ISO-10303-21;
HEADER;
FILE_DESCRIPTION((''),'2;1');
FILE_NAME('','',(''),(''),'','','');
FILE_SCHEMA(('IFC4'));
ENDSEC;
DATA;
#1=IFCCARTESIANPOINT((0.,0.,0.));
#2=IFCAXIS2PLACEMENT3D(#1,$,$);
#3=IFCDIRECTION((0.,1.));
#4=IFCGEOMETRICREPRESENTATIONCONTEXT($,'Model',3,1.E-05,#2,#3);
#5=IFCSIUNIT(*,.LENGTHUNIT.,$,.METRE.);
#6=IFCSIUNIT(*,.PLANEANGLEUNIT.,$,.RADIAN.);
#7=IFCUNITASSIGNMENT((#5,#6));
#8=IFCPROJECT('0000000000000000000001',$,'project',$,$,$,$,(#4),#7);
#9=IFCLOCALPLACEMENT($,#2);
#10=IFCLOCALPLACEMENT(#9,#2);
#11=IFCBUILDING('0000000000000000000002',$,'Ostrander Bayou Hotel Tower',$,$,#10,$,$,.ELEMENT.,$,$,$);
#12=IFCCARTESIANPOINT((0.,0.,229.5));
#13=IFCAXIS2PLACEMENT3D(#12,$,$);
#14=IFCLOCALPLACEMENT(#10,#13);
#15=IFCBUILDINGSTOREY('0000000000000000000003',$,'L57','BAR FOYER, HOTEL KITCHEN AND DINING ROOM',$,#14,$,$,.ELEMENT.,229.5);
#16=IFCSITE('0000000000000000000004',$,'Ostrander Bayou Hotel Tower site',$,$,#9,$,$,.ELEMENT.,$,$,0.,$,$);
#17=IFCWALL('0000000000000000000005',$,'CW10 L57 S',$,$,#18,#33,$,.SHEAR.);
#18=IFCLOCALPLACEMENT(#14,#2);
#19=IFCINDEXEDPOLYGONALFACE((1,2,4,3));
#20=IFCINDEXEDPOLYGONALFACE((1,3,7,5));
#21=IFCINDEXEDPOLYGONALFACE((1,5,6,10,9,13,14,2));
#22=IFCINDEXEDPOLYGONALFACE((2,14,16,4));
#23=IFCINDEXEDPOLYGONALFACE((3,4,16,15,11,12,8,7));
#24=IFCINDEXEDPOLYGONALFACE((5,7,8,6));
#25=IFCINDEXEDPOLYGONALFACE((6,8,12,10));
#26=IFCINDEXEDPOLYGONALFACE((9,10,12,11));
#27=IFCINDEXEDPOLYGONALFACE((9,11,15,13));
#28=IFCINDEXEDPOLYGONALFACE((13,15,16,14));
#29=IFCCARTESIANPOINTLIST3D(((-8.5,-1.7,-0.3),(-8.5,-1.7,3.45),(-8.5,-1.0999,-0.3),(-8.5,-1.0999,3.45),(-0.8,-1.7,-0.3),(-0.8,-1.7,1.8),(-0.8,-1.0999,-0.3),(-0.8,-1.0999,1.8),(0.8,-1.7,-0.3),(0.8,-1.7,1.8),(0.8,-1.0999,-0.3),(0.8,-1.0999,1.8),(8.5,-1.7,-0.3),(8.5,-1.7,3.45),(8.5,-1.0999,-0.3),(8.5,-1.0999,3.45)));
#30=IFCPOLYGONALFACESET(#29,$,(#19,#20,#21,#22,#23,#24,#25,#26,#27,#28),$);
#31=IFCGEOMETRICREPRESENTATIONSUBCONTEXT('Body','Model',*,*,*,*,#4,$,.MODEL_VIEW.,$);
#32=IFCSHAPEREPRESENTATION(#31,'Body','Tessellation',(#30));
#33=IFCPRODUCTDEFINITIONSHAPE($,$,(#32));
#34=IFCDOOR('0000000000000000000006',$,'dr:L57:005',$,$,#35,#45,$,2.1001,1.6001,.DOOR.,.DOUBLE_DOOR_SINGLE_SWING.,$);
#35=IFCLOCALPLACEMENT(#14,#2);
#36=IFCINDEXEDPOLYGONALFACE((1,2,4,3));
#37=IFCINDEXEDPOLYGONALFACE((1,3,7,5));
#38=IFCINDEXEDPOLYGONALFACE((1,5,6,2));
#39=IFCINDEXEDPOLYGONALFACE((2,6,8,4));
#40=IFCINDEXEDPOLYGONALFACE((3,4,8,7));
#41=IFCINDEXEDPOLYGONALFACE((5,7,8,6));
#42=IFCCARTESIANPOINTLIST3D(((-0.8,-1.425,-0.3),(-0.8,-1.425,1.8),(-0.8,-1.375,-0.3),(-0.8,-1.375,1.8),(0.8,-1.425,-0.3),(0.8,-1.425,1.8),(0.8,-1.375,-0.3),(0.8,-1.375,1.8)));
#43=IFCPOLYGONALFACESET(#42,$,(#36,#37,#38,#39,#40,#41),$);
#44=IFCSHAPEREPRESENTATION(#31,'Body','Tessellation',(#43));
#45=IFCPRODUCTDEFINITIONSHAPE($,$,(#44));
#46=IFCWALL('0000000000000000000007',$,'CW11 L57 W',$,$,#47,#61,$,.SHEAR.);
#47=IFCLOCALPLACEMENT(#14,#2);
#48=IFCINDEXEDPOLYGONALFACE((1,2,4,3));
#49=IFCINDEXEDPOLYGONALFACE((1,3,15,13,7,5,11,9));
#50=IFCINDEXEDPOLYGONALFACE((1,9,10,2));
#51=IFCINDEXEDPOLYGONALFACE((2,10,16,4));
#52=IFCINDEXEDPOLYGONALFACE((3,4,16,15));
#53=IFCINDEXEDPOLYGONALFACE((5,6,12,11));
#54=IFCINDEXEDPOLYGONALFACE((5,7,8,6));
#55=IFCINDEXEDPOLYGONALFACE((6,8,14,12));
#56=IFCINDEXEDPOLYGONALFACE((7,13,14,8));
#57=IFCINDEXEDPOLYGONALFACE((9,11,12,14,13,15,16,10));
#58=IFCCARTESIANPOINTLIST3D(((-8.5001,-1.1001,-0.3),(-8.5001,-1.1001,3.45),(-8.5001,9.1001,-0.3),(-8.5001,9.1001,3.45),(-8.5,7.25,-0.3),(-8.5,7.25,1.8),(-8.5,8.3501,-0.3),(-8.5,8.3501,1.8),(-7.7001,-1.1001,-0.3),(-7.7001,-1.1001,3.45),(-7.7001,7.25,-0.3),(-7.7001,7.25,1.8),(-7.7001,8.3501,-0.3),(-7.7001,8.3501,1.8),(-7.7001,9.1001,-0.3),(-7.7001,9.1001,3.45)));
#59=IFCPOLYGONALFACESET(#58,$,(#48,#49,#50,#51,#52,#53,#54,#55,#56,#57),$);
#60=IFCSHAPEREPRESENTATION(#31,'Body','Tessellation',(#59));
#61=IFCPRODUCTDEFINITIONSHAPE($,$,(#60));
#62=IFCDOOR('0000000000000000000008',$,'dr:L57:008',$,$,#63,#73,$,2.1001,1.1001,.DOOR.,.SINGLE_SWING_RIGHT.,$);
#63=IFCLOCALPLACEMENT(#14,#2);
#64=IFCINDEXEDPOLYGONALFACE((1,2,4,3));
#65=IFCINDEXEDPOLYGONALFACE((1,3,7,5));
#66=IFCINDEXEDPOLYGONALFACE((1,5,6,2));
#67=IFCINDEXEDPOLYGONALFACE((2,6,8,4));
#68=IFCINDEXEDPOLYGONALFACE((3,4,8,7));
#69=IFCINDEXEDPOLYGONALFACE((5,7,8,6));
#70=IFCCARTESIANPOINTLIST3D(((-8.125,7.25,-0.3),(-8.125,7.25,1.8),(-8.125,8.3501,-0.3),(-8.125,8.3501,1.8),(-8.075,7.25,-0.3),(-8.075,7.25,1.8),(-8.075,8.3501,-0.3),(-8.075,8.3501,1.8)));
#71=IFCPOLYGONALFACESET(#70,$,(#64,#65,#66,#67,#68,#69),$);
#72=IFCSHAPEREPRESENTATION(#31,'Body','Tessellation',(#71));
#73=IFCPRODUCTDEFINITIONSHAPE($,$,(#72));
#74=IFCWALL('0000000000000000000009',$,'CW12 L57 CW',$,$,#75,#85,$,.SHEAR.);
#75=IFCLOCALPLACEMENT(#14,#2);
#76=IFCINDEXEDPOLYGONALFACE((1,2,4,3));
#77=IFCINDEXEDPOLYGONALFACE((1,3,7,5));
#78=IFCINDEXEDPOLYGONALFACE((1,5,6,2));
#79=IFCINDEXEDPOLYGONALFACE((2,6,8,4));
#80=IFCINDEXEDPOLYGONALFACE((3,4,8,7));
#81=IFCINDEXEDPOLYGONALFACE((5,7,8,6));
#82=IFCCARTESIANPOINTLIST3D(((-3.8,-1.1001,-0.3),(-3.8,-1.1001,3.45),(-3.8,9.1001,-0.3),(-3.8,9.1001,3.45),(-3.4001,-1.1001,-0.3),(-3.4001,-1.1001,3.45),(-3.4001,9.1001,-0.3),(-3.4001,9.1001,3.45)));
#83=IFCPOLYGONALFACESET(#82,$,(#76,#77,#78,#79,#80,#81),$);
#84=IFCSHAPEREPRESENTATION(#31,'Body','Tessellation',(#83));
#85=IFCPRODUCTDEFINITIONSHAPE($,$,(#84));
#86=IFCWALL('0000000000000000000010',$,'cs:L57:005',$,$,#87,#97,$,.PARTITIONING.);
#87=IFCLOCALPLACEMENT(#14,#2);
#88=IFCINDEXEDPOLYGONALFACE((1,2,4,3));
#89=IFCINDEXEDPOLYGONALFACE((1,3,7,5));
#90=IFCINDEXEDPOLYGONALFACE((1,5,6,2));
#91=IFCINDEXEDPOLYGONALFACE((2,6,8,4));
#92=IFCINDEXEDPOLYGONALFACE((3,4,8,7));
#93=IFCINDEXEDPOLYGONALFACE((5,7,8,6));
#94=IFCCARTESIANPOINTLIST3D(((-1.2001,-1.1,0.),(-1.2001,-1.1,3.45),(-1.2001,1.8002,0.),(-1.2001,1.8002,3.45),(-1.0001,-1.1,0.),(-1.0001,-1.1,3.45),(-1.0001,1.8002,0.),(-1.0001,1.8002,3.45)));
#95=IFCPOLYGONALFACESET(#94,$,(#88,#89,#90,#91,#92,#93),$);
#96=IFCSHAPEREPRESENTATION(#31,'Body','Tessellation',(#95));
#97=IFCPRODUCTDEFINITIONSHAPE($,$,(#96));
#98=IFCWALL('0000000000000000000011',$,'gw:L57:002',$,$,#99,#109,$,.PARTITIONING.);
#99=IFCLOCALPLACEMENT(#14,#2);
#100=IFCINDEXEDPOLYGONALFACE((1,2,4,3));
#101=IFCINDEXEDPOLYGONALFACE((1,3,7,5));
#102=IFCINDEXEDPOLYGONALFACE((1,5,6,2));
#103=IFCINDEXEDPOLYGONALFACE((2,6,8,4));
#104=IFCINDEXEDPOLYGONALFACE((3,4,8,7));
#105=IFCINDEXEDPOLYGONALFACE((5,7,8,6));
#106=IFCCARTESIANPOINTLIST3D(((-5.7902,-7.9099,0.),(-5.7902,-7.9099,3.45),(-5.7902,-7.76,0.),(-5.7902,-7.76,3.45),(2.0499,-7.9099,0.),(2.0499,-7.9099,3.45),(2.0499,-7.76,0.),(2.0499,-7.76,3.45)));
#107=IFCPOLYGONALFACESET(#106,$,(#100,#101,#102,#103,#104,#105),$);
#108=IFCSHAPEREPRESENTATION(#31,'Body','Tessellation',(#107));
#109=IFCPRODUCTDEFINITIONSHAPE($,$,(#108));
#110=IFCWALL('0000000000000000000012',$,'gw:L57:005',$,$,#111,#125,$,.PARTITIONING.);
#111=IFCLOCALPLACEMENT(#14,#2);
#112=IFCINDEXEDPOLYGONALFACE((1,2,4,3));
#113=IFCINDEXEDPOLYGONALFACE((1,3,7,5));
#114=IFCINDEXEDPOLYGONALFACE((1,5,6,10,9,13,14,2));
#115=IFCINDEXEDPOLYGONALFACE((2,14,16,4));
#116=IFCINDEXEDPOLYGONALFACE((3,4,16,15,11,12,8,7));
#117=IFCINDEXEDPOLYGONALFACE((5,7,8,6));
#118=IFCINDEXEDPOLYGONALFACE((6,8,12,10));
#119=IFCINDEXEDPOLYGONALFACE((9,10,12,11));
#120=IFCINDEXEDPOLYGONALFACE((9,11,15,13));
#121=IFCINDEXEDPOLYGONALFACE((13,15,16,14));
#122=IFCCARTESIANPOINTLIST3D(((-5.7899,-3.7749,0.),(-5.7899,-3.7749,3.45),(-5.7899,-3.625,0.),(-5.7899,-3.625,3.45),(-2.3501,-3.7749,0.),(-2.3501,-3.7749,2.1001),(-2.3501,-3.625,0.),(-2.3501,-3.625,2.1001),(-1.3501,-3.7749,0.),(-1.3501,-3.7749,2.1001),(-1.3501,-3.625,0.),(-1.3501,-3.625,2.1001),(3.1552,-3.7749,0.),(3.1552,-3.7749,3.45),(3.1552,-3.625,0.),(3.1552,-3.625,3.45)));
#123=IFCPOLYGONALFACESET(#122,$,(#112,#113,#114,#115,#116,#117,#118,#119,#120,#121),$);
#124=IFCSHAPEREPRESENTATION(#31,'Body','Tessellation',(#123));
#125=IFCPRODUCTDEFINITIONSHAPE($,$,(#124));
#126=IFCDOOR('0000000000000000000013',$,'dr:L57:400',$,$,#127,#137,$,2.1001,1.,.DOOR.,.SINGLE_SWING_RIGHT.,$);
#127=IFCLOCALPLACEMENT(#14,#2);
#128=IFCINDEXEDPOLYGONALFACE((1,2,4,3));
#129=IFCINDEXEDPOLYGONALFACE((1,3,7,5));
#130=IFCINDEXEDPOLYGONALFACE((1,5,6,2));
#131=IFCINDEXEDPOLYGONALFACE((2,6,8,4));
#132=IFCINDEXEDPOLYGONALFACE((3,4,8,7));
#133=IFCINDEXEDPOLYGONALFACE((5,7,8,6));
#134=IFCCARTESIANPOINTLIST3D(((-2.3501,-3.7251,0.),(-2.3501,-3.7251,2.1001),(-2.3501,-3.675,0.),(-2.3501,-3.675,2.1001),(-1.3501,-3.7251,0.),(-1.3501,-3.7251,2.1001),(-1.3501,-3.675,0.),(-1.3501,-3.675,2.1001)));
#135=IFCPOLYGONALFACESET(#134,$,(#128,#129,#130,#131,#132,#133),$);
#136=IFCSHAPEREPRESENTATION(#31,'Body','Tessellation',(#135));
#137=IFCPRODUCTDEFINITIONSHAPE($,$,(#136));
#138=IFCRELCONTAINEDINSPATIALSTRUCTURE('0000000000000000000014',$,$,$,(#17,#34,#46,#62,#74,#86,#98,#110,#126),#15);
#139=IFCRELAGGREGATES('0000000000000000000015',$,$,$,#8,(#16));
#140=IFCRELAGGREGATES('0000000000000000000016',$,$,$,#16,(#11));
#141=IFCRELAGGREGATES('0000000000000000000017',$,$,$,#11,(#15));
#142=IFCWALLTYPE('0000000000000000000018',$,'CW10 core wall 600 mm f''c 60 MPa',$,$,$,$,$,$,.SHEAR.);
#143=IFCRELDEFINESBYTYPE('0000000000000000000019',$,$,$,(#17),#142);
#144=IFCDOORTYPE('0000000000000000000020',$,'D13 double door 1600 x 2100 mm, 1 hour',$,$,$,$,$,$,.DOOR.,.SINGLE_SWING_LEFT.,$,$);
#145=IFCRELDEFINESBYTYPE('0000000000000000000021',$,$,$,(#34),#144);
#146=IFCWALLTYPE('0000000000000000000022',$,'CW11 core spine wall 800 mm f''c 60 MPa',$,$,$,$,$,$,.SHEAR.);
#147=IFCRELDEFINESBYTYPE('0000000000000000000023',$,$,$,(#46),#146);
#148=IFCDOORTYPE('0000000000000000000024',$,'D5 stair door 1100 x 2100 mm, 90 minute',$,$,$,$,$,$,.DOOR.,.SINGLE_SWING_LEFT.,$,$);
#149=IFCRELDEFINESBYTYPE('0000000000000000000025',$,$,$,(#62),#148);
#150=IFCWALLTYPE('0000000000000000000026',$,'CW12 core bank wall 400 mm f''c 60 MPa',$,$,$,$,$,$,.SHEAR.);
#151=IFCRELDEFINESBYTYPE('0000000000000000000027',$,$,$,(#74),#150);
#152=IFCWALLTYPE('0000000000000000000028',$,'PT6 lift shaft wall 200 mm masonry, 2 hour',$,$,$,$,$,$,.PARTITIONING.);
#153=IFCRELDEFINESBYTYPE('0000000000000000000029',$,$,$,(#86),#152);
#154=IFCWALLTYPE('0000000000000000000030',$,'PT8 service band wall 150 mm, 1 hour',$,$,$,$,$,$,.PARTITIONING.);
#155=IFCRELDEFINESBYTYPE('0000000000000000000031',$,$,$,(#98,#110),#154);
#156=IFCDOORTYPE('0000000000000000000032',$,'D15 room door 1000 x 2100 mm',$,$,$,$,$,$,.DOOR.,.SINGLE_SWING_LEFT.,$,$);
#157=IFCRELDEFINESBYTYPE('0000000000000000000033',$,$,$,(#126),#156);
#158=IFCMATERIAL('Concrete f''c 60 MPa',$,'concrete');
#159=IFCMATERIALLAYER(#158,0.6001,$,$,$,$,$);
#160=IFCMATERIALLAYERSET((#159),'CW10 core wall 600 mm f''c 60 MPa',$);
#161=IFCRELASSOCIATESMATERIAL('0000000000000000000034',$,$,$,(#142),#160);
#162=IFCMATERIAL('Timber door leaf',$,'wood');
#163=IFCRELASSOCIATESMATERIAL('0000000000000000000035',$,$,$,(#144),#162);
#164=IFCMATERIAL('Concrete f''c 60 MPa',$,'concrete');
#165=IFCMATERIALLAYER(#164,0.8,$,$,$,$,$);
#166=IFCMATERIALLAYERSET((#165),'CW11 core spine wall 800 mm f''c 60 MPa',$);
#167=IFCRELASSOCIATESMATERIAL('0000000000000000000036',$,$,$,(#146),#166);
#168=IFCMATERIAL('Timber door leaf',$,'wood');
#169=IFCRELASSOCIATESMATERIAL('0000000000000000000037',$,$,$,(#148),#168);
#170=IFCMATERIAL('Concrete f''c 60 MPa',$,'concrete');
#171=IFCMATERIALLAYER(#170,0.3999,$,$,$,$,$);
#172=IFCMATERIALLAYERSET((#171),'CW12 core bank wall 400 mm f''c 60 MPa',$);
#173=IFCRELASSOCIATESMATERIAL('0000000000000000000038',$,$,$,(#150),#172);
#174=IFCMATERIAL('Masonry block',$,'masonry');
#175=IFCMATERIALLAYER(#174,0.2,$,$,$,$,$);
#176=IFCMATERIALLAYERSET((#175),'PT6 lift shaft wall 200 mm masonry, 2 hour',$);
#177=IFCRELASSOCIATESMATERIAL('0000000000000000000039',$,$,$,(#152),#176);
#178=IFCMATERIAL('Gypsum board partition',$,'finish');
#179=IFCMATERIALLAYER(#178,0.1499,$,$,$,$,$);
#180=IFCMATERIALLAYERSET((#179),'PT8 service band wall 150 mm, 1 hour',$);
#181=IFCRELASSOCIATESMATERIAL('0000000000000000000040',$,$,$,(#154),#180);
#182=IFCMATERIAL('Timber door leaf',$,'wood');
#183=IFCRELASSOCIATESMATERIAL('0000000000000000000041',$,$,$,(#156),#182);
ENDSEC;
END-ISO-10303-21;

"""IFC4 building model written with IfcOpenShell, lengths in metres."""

from ifc_helpers import new_model, si_unit, direction, frame, frame_2d, origin, place, context, subcontext, project, spatial, rectangle, extrude, material, layer, layer_set, type_object, element, fill, save


model = new_model("IFC4")

# Units and contexts
model_context = context("Model", 3, precision=1e-05, world=origin(), true_north=direction((0.0, 1.0)))
body_context = subcontext(model_context, "Body", "Model", "MODEL_VIEW")
ifc_project = project(units=[si_unit("LENGTHUNIT", "METRE"), si_unit("PLANEANGLEUNIT", "RADIAN")], contexts=[model_context])

# Site, building, storey
site_placement = place(None, origin())
site = spatial("IfcSite", under=ifc_project, at=site_placement, Name="Ostrander Bayou Hotel Tower site", CompositionType="ELEMENT", RefElevation=0.0)
building_placement = place(site_placement, origin())
building = spatial("IfcBuilding", under=site, at=building_placement, Name="Ostrander Bayou Hotel Tower", CompositionType="ELEMENT")
storey_placement = place(building_placement, frame((0.0, 0.0, 229.5)))
storey = spatial("IfcBuildingStorey", under=building, at=storey_placement, Name="L57", Description="BAR FOYER, HOTEL KITCHEN AND DINING ROOM", CompositionType="ELEMENT", Elevation=229.5)

# Walls, openings, doors
ifc_material_1 = material(Name="Concrete f'c 60 MPa", Category="concrete")
ifc_layer_1 = layer(ifc_material_1, 0.6001)
ifc_layer_set_1 = layer_set([ifc_layer_1], Name="CW10 core wall 600 mm f'c 60 MPa")
wall_type_1 = type_object("IfcWallType", Name="CW10 core wall 600 mm f'c 60 MPa", PredefinedType="SHEAR", material=ifc_layer_set_1)
wall_1_placement = place(storey_placement, frame((-8.5, -1.3999, -0.3), z_axis=(0.0, 0.0, 1.0), x_axis=(1.0, 0.0, 0.0)))
wall_1 = element("IfcWall", 1, at=wall_1_placement, inside=storey, type_object=wall_type_1, Name="CW10 L57 S", PredefinedType="SHEAR", context=body_context, shape_type="SweptSolid", body=[
    extrude(rectangle(XDim=17.0, YDim=0.6001, at=frame_2d((8.5, 0.0))), origin(), (0.0, 0.0, 1.0), 3.75),
])
opening_1_placement = place(wall_1_placement, frame((7.7, 0.0, 0.0)))
opening_1 = element("IfcOpeningElement", 2, at=opening_1_placement, cuts=wall_1, PredefinedType="OPENING", context=body_context, shape_type="SweptSolid", body=[
    extrude(rectangle(XDim=1.6001, YDim=2.1001, at=frame_2d((0.8, 1.05))), frame((0.0, 0.3, 0.0), z_axis=(0.0, -1.0, 0.0), x_axis=(1.0, 0.0, 0.0)), (0.0, 0.0, 1.0), 0.6001),
])
ifc_material_2 = material(Name="Timber door leaf", Category="wood")
door_type_1 = type_object("IfcDoorType", Name="D13 double door 1600 x 2100 mm, 1 hour", OperationType="SINGLE_SWING_LEFT", PredefinedType="DOOR", material=ifc_material_2)
door_1_placement = place(opening_1_placement, origin())
door_1 = element("IfcDoor", 3, at=door_1_placement, inside=storey, type_object=door_type_1, Name="dr:L57:005", OperationType="DOUBLE_DOOR_SINGLE_SWING", OverallHeight=2.1001, OverallWidth=1.6001, PredefinedType="DOOR", context=body_context, shape_type="SweptSolid", body=[
    extrude(rectangle(XDim=1.6001, YDim=2.1001, at=frame_2d((0.8, 1.05))), frame((0.0, 0.0249, 0.0), z_axis=(0.0, -1.0, 0.0), x_axis=(1.0, 0.0, 0.0)), (0.0, 0.0, 1.0), 0.05),
])
fill(opening_1, door_1)
ifc_material_3 = material(Name="Concrete f'c 60 MPa", Category="concrete")
ifc_layer_2 = layer(ifc_material_3, 0.8)
ifc_layer_set_2 = layer_set([ifc_layer_2], Name="CW11 core spine wall 800 mm f'c 60 MPa")
wall_type_2 = type_object("IfcWallType", Name="CW11 core spine wall 800 mm f'c 60 MPa", PredefinedType="SHEAR", material=ifc_layer_set_2)
wall_2_placement = place(storey_placement, frame((-8.1001, -1.1001, -0.3), z_axis=(0.0, 0.0, 1.0), x_axis=(0.0, 1.0, 0.0)))
wall_2 = element("IfcWall", 4, at=wall_2_placement, inside=storey, type_object=wall_type_2, Name="CW11 L57 W", PredefinedType="SHEAR", context=body_context, shape_type="SweptSolid", body=[
    extrude(rectangle(XDim=10.2002, YDim=0.8, at=frame_2d((5.1001, 0.0))), origin(), (0.0, 0.0, 1.0), 3.75),
])
opening_2_placement = place(wall_2_placement, frame((8.3501, 0.0, 0.0)))
opening_2 = element("IfcOpeningElement", 5, at=opening_2_placement, cuts=wall_2, PredefinedType="OPENING", context=body_context, shape_type="SweptSolid", body=[
    extrude(rectangle(XDim=1.1001, YDim=2.1001, at=frame_2d((0.55, 1.05))), frame((0.0, 0.3999, 0.0), z_axis=(0.0, -1.0, 0.0), x_axis=(1.0, 0.0, 0.0)), (0.0, 0.0, 1.0), 0.8),
])
ifc_material_4 = material(Name="Timber door leaf", Category="wood")
door_type_2 = type_object("IfcDoorType", Name="D5 stair door 1100 x 2100 mm, 90 minute", OperationType="SINGLE_SWING_LEFT", PredefinedType="DOOR", material=ifc_material_4)
door_2_placement = place(opening_2_placement, origin())
door_2 = element("IfcDoor", 6, at=door_2_placement, inside=storey, type_object=door_type_2, Name="dr:L57:008", OperationType="SINGLE_SWING_RIGHT", OverallHeight=2.1001, OverallWidth=1.1001, PredefinedType="DOOR", context=body_context, shape_type="SweptSolid", body=[
    extrude(rectangle(XDim=1.1001, YDim=2.1001, at=frame_2d((0.55, 1.05))), frame((0.0, 0.0249, 0.0), z_axis=(0.0, -1.0, 0.0), x_axis=(1.0, 0.0, 0.0)), (0.0, 0.0, 1.0), 0.05),
])
fill(opening_2, door_2)

# Walls
ifc_material_5 = material(Name="Concrete f'c 60 MPa", Category="concrete")
ifc_layer_3 = layer(ifc_material_5, 0.3999)
ifc_layer_set_3 = layer_set([ifc_layer_3], Name="CW12 core bank wall 400 mm f'c 60 MPa")
wall_type_3 = type_object("IfcWallType", Name="CW12 core bank wall 400 mm f'c 60 MPa", PredefinedType="SHEAR", material=ifc_layer_set_3)
wall_3_placement = place(storey_placement, frame((-3.6001, -1.1001, -0.3), z_axis=(0.0, 0.0, 1.0), x_axis=(0.0, 1.0, 0.0)))
element("IfcWall", 7, at=wall_3_placement, inside=storey, type_object=wall_type_3, Name="CW12 L57 CW", PredefinedType="SHEAR", context=body_context, shape_type="SweptSolid", body=[
    extrude(rectangle(XDim=10.2002, YDim=0.3999, at=frame_2d((5.1001, 0.0))), origin(), (0.0, 0.0, 1.0), 3.75),
])
ifc_material_6 = material(Name="Masonry block", Category="masonry")
ifc_layer_4 = layer(ifc_material_6, 0.2)
ifc_layer_set_4 = layer_set([ifc_layer_4], Name="PT6 lift shaft wall 200 mm masonry, 2 hour")
wall_type_4 = type_object("IfcWallType", Name="PT6 lift shaft wall 200 mm masonry, 2 hour", PredefinedType="PARTITIONING", material=ifc_layer_set_4)
wall_4_placement = place(storey_placement, frame((-1.1001, -1.1001, 0.0), z_axis=(0.0, 0.0, 1.0), x_axis=(0.0, 1.0, 0.0)))
element("IfcWall", 8, at=wall_4_placement, inside=storey, type_object=wall_type_4, Name="cs:L57:005", PredefinedType="PARTITIONING", context=body_context, shape_type="SweptSolid", body=[
    extrude(rectangle(XDim=2.9001, YDim=0.2, at=frame_2d((1.4502, 0.0))), origin(), (0.0, 0.0, 1.0), 3.45),
])
ifc_material_7 = material(Name="Gypsum board partition", Category="finish")
ifc_layer_5 = layer(ifc_material_7, 0.1499)
ifc_layer_set_5 = layer_set([ifc_layer_5], Name="PT8 service band wall 150 mm, 1 hour")
wall_type_5 = type_object("IfcWallType", Name="PT8 service band wall 150 mm, 1 hour", PredefinedType="PARTITIONING", material=ifc_layer_set_5)
wall_5_placement = place(storey_placement, frame((-5.79, -7.835, 0.0), z_axis=(0.0, 0.0, 1.0), x_axis=(1.0, 0.0, 0.0)))
element("IfcWall", 9, at=wall_5_placement, inside=storey, type_object=wall_type_5, Name="gw:L57:002", PredefinedType="PARTITIONING", context=body_context, shape_type="SweptSolid", body=[
    extrude(rectangle(XDim=7.8401, YDim=0.1499, at=frame_2d((3.9199, 0.0))), origin(), (0.0, 0.0, 1.0), 3.45),
])

# Wall, opening, door
wall_6_placement = place(storey_placement, frame((-5.79, -3.7, 0.0), z_axis=(0.0, 0.0, 1.0), x_axis=(1.0, 0.0, 0.0)))
wall_6 = element("IfcWall", 10, at=wall_6_placement, inside=storey, type_object=wall_type_5, Name="gw:L57:005", PredefinedType="PARTITIONING", context=body_context, shape_type="SweptSolid", body=[
    extrude(rectangle(XDim=8.9451, YDim=0.1499, at=frame_2d((4.4727, 0.0))), origin(), (0.0, 0.0, 1.0), 3.45),
])
opening_3_placement = place(wall_6_placement, frame((3.4399, 0.0, 0.0)))
opening_3 = element("IfcOpeningElement", 11, at=opening_3_placement, cuts=wall_6, PredefinedType="OPENING", context=body_context, shape_type="SweptSolid", body=[
    extrude(rectangle(XDim=1.0, YDim=2.1001, at=frame_2d((0.5, 1.05))), frame((0.0, 0.075, 0.0), z_axis=(0.0, -1.0, 0.0), x_axis=(1.0, 0.0, 0.0)), (0.0, 0.0, 1.0), 0.1499),
])
ifc_material_8 = material(Name="Timber door leaf", Category="wood")
door_type_3 = type_object("IfcDoorType", Name="D15 room door 1000 x 2100 mm", OperationType="SINGLE_SWING_LEFT", PredefinedType="DOOR", material=ifc_material_8)
door_3_placement = place(opening_3_placement, origin())
door_3 = element("IfcDoor", 12, at=door_3_placement, inside=storey, type_object=door_type_3, Name="dr:L57:400", OperationType="SINGLE_SWING_RIGHT", OverallHeight=2.1001, OverallWidth=1.0, PredefinedType="DOOR", context=body_context, shape_type="SweptSolid", body=[
    extrude(rectangle(XDim=1.0, YDim=2.1001, at=frame_2d((0.5, 1.05))), frame((0.0, 0.0249, 0.0), z_axis=(0.0, -1.0, 0.0), x_axis=(1.0, 0.0, 0.0)), (0.0, 0.0, 1.0), 0.05),
])
fill(opening_3, door_3)

save(model, "model.ifc")
